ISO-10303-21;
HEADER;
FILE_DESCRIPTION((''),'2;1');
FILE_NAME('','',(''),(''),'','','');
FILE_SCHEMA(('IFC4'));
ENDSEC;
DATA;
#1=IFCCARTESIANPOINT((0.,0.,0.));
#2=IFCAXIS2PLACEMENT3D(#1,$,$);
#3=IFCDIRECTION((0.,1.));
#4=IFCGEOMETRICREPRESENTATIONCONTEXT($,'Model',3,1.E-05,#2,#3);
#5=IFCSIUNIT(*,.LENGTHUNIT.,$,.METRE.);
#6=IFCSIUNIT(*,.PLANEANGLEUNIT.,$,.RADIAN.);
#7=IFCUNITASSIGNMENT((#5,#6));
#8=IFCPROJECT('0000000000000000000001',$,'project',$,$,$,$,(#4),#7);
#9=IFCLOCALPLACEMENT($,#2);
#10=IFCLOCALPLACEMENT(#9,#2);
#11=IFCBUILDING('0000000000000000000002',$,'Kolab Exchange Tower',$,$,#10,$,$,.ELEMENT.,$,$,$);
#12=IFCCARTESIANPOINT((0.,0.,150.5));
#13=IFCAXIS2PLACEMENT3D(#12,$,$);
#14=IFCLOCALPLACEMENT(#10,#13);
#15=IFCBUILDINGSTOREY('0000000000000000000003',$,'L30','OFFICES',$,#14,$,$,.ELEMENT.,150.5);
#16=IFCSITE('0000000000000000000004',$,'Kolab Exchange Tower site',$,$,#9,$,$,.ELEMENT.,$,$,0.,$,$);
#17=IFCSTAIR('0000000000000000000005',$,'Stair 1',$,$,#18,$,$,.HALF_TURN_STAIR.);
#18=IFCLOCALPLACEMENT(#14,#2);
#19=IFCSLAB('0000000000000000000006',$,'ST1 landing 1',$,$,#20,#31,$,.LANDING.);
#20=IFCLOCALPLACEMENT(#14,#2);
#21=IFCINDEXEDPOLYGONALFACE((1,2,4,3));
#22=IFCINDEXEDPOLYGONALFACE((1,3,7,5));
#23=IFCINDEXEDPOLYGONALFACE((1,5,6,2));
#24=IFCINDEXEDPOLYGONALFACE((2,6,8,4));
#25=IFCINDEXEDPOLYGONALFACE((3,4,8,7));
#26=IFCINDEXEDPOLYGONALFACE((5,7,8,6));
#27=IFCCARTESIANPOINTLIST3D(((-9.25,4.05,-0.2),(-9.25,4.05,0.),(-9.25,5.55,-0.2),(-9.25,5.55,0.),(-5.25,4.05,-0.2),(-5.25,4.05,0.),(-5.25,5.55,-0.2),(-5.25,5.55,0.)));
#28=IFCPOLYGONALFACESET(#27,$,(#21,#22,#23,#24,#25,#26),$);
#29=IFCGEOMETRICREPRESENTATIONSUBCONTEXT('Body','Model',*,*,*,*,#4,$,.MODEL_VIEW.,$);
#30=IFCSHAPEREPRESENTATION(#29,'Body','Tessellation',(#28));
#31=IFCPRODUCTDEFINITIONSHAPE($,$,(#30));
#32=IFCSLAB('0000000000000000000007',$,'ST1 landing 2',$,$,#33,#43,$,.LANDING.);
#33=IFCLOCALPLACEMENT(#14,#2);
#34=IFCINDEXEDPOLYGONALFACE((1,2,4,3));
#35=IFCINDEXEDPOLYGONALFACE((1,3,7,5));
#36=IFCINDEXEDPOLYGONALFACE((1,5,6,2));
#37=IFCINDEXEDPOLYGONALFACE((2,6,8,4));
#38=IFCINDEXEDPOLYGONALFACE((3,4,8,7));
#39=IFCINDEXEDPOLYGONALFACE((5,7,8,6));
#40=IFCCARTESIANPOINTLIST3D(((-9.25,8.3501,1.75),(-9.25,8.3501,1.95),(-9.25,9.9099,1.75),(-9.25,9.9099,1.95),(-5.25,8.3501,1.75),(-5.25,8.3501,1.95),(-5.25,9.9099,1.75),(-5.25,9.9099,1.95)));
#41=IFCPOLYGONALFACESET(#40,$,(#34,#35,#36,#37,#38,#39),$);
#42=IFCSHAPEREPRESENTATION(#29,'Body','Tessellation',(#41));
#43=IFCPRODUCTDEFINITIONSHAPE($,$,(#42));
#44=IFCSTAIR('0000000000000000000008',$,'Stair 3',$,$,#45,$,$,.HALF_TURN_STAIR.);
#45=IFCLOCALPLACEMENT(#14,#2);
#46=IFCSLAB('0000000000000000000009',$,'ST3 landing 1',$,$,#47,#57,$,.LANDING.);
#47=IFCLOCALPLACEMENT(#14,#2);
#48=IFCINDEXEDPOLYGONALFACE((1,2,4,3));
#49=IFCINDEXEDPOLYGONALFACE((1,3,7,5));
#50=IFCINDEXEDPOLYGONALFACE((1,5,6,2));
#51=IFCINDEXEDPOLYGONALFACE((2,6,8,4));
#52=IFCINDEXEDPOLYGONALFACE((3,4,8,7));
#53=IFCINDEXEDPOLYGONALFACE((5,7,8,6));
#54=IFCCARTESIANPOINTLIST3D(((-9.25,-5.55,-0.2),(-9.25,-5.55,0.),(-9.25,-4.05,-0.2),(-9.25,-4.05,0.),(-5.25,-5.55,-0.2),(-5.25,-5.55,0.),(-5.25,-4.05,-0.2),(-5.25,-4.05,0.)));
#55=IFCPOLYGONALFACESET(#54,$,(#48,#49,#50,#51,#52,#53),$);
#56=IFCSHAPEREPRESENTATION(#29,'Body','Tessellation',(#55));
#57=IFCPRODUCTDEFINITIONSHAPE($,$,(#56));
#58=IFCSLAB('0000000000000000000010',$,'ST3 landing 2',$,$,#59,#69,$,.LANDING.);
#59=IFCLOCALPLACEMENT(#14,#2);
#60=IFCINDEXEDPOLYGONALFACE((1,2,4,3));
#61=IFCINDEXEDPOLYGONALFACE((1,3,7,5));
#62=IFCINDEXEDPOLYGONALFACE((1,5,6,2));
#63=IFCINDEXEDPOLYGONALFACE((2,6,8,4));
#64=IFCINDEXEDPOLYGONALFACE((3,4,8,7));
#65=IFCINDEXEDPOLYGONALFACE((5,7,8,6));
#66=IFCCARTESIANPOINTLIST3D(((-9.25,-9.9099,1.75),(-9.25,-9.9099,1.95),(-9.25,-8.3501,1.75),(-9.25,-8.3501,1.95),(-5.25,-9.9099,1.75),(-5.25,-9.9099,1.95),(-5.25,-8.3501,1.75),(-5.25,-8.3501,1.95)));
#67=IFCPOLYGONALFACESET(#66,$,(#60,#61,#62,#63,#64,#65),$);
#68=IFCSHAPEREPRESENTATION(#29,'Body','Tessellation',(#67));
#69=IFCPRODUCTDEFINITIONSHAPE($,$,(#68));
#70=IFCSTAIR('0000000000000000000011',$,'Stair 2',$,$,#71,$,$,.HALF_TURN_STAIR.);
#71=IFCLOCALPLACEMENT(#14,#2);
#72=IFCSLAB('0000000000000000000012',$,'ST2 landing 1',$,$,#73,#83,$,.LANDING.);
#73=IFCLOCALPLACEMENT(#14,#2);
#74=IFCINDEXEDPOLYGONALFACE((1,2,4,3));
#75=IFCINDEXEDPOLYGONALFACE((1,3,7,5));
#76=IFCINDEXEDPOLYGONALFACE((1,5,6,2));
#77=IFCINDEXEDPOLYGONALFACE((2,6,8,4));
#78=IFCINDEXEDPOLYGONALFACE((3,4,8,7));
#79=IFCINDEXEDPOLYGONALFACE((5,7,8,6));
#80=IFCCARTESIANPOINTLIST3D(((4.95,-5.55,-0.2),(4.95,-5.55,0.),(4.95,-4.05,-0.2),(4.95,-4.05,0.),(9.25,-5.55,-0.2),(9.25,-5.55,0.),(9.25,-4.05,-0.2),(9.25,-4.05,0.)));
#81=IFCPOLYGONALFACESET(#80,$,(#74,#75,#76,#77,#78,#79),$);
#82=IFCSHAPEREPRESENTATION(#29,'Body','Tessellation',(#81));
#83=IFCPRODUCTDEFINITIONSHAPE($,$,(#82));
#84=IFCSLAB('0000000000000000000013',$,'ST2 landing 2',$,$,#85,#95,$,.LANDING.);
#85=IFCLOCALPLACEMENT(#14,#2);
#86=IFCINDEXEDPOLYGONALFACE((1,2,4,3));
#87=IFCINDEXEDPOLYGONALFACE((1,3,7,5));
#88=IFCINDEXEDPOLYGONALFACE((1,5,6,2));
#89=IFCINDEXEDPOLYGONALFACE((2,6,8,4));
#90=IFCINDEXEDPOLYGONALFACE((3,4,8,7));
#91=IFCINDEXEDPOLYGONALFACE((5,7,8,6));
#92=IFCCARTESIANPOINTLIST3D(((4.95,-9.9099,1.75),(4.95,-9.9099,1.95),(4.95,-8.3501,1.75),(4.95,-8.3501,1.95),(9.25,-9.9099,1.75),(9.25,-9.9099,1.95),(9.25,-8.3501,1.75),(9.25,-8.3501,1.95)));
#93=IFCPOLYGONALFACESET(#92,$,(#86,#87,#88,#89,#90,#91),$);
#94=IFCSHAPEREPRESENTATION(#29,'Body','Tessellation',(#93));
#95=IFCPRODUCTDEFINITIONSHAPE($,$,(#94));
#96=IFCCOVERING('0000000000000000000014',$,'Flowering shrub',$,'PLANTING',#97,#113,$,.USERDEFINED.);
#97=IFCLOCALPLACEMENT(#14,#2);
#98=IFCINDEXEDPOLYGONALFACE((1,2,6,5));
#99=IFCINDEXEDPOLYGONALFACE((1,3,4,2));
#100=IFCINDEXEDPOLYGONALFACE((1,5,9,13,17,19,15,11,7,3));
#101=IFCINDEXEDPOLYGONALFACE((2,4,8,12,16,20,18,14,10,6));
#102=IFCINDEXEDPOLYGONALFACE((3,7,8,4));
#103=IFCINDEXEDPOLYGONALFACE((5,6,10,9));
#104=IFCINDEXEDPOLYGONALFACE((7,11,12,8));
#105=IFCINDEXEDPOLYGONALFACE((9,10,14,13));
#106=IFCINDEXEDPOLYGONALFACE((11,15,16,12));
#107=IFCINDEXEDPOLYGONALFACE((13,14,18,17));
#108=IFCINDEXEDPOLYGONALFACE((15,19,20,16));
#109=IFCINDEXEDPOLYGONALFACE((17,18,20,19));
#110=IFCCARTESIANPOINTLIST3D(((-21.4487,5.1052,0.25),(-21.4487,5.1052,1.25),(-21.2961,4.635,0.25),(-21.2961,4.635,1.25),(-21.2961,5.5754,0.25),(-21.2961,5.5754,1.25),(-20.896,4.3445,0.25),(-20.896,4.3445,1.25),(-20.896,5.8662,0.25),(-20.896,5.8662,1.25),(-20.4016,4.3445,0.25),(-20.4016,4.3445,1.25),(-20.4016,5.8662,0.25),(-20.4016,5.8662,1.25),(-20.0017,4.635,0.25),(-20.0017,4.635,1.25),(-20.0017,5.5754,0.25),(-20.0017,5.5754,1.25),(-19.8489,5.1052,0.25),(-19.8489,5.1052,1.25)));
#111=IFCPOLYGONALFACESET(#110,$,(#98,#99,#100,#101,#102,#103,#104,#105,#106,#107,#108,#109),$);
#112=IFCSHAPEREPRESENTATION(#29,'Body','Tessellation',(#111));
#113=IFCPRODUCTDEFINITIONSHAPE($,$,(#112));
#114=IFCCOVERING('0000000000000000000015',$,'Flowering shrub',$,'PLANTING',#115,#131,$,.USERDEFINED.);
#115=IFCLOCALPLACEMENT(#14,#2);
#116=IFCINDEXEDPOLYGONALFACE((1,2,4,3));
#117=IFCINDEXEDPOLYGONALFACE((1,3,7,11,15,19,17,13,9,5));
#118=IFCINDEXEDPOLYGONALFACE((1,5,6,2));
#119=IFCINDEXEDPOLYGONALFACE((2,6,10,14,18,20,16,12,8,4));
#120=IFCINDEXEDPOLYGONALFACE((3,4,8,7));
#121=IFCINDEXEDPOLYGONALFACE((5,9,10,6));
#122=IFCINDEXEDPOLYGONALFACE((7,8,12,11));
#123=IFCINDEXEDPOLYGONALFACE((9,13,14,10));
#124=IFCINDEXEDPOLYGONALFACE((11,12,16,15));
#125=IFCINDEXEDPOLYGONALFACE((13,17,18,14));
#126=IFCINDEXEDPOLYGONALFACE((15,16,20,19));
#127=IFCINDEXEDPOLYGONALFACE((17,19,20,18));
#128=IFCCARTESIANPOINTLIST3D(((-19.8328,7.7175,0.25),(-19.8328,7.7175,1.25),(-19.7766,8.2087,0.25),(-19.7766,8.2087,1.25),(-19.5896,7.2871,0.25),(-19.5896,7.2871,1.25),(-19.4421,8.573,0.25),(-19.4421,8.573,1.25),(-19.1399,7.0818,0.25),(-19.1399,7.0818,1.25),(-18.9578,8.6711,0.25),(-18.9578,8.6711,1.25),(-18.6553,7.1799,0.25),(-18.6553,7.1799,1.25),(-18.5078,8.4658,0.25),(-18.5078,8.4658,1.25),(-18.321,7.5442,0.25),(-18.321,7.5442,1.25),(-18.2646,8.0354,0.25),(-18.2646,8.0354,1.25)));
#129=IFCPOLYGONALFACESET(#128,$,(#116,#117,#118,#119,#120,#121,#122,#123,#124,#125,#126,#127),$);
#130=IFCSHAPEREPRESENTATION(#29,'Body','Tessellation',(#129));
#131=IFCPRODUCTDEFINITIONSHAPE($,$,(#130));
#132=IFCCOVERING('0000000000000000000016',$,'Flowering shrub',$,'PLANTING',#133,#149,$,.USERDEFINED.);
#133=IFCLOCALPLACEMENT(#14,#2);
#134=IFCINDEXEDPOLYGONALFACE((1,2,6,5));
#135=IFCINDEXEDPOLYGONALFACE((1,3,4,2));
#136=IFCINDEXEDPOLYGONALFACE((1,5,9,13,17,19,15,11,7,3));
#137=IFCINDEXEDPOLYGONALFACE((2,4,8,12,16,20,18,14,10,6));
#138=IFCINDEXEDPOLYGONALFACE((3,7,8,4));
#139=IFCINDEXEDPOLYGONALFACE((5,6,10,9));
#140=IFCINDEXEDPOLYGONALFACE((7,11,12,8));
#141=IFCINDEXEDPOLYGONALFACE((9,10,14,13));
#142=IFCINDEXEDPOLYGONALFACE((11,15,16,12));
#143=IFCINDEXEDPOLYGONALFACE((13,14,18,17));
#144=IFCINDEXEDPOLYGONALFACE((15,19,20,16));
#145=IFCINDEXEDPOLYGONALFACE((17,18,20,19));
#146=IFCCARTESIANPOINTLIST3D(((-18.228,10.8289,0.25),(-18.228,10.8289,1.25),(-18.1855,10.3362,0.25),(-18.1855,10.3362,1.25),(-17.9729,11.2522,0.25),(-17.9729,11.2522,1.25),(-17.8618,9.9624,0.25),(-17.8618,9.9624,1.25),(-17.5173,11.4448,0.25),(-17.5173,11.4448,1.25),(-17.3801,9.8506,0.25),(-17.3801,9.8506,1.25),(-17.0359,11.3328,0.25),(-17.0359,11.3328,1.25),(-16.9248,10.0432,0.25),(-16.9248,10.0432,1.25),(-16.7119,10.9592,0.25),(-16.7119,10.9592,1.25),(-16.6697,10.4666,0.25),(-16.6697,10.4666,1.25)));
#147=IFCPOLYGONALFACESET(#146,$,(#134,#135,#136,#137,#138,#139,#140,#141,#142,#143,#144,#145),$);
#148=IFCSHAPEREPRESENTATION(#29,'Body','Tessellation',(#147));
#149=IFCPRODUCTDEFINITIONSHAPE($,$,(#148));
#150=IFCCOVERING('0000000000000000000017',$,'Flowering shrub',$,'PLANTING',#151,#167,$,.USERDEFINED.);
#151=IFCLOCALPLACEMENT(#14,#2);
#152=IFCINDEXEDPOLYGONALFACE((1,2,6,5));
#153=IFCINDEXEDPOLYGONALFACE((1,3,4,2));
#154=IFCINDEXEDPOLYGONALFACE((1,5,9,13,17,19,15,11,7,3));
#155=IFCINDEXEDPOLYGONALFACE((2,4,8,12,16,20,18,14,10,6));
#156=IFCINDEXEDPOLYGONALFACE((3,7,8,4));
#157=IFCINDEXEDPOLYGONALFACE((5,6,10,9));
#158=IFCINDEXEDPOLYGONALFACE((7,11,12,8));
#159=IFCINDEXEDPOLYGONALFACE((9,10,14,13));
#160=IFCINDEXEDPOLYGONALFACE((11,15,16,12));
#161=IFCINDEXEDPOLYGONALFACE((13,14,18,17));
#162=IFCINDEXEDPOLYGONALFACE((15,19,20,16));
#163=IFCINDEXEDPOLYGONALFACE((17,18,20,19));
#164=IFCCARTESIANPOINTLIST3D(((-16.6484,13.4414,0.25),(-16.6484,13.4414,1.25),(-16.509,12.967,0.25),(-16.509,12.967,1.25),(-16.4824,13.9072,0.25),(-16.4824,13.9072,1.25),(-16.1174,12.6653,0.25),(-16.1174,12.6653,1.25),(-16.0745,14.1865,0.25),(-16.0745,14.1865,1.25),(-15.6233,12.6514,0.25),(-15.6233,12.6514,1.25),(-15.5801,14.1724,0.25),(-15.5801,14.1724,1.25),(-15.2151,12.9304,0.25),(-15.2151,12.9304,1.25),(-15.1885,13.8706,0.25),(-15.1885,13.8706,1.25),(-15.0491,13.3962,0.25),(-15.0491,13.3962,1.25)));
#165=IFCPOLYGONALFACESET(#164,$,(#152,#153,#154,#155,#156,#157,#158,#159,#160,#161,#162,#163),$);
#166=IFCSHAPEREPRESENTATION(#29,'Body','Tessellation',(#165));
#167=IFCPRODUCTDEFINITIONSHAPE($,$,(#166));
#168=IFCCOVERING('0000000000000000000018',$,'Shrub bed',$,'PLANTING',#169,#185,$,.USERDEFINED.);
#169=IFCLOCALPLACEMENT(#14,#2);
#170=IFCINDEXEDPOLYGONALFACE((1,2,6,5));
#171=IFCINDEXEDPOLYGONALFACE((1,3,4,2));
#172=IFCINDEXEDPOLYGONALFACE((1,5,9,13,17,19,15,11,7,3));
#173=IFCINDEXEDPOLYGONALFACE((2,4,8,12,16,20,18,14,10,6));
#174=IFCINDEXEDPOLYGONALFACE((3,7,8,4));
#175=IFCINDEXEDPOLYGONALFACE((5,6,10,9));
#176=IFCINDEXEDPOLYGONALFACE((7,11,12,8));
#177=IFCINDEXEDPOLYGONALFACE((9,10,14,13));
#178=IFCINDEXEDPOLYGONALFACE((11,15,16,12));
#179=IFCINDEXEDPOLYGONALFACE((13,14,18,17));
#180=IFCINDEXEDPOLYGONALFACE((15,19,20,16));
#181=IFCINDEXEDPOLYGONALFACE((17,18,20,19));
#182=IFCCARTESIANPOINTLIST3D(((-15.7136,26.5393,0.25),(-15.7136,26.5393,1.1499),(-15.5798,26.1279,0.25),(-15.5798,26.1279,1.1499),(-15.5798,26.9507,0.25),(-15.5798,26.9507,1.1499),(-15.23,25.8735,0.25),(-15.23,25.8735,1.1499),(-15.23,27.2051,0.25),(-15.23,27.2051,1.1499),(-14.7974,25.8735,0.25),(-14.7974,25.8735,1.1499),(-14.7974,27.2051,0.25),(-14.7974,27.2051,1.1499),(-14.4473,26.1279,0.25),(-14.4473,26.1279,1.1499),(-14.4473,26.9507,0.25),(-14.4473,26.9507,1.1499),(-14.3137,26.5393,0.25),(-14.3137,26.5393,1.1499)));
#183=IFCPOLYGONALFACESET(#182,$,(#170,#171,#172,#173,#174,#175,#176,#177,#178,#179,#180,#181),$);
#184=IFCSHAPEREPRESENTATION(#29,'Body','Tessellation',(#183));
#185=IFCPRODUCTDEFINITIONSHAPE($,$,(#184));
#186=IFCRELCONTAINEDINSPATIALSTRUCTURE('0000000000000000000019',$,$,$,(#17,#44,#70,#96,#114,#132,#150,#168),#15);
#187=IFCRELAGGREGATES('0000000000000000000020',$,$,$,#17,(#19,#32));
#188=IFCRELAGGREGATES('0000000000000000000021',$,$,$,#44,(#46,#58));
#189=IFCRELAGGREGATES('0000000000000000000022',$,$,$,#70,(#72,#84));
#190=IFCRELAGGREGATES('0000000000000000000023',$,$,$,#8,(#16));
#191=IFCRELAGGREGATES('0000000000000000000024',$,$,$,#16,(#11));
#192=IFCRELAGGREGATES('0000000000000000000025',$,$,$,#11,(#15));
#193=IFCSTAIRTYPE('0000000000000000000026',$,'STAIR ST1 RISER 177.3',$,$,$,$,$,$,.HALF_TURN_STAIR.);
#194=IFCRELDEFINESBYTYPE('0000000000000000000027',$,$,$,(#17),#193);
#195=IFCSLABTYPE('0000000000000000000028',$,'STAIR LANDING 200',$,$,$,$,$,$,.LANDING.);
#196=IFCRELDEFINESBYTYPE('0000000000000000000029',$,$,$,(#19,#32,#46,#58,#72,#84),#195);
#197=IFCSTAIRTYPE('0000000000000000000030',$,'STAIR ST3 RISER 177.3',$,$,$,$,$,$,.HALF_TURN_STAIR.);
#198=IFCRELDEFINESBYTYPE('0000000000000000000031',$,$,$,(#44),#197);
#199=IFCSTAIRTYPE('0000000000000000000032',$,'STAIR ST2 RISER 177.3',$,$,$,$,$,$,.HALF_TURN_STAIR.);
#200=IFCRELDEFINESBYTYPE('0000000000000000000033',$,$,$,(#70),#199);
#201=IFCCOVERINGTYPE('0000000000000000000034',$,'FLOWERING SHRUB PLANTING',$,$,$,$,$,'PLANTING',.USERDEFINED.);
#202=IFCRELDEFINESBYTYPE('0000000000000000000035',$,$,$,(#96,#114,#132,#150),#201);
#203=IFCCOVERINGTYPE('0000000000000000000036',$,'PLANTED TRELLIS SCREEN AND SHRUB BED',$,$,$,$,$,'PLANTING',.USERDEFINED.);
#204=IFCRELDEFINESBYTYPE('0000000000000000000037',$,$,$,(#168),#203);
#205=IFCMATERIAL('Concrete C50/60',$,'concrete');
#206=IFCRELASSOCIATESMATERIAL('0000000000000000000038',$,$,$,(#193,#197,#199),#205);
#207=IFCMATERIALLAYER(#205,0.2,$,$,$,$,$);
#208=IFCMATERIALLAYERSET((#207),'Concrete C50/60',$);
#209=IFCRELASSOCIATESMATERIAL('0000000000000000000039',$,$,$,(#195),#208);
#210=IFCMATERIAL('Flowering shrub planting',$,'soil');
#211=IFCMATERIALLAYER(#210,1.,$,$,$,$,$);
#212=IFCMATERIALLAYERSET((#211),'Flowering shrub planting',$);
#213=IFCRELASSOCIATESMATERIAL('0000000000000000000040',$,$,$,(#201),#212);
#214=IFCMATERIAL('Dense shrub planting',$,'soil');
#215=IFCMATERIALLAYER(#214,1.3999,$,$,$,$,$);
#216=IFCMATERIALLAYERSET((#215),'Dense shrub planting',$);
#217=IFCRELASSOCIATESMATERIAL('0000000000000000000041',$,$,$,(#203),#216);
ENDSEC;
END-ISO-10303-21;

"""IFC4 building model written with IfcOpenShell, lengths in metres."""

from ifc_helpers import new_model, si_unit, direction, frame, origin, place, context, subcontext, project, spatial, polyline, outline, extrude, material, layer, layer_set, type_object, element, aggregate, save


model = new_model("IFC4")

# Units and contexts
model_context = context("Model", 3, precision=1e-05, world=origin(), true_north=direction((0.0, 1.0)))
body_context = subcontext(model_context, "Body", "Model", "MODEL_VIEW")
ifc_project = project(units=[si_unit("LENGTHUNIT", "METRE"), si_unit("PLANEANGLEUNIT", "RADIAN")], contexts=[model_context])

# Site, building, storey
site_placement = place(None, origin())
site = spatial("IfcSite", under=ifc_project, at=site_placement, Name="Kolab Exchange Tower site", CompositionType="ELEMENT", RefElevation=0.0)
building_placement = place(site_placement, origin())
building = spatial("IfcBuilding", under=site, at=building_placement, Name="Kolab Exchange Tower", CompositionType="ELEMENT")
storey_placement = place(building_placement, frame((0.0, 0.0, 150.5)))
storey = spatial("IfcBuildingStorey", under=building, at=storey_placement, Name="L30", Description="OFFICES", CompositionType="ELEMENT", Elevation=150.5)

# Stairs, slabs
ifc_material_1 = material(Name="Concrete C50/60", Category="concrete")
stair_type_1 = type_object("IfcStairType", Name="STAIR ST1 RISER 177.3", PredefinedType="HALF_TURN_STAIR", material=ifc_material_1)
stair_1_placement = place(storey_placement, origin())
stair_1 = element("IfcStair", 1, at=stair_1_placement, inside=storey, type_object=stair_type_1, Name="Stair 1", PredefinedType="HALF_TURN_STAIR")
ifc_layer_1 = layer(ifc_material_1, 0.2)
ifc_layer_set_1 = layer_set([ifc_layer_1], Name="Concrete C50/60")
slab_type = type_object("IfcSlabType", Name="STAIR LANDING 200", PredefinedType="LANDING", material=ifc_layer_set_1)
slab_1_placement = place(storey_placement, frame((0.0, 0.0, -0.2)))
slab_1 = element("IfcSlab", 2, at=slab_1_placement, type_object=slab_type, Name="ST1 landing 1", PredefinedType="LANDING", context=body_context, shape_type="SweptSolid", body=[
    extrude(outline(polyline([(-9.25, 4.05), (-5.25, 4.05), (-5.25, 5.55), (-9.25, 5.55), (-9.25, 4.05)])), origin(), (0.0, 0.0, 1.0), 0.2),
])
slab_2_placement = place(storey_placement, frame((0.0, 0.0, 1.75)))
slab_2 = element("IfcSlab", 3, at=slab_2_placement, type_object=slab_type, Name="ST1 landing 2", PredefinedType="LANDING", context=body_context, shape_type="SweptSolid", body=[
    extrude(outline(polyline([(-9.25, 8.3501), (-5.25, 8.3501), (-5.25, 9.9099), (-9.25, 9.9099), (-9.25, 8.3501)])), origin(), (0.0, 0.0, 1.0), 0.2),
])
aggregate(stair_1, [slab_1, slab_2])
stair_type_2 = type_object("IfcStairType", Name="STAIR ST3 RISER 177.3", PredefinedType="HALF_TURN_STAIR", material=ifc_material_1)
stair_2_placement = place(storey_placement, origin())
stair_2 = element("IfcStair", 4, at=stair_2_placement, inside=storey, type_object=stair_type_2, Name="Stair 3", PredefinedType="HALF_TURN_STAIR")
slab_3_placement = place(storey_placement, frame((0.0, 0.0, -0.2)))
slab_3 = element("IfcSlab", 5, at=slab_3_placement, type_object=slab_type, Name="ST3 landing 1", PredefinedType="LANDING", context=body_context, shape_type="SweptSolid", body=[
    extrude(outline(polyline([(-9.25, -5.55), (-5.25, -5.55), (-5.25, -4.05), (-9.25, -4.05), (-9.25, -5.55)])), origin(), (0.0, 0.0, 1.0), 0.2),
])
slab_4_placement = place(storey_placement, frame((0.0, 0.0, 1.75)))
slab_4 = element("IfcSlab", 6, at=slab_4_placement, type_object=slab_type, Name="ST3 landing 2", PredefinedType="LANDING", context=body_context, shape_type="SweptSolid", body=[
    extrude(outline(polyline([(-9.25, -9.9099), (-5.25, -9.9099), (-5.25, -8.3501), (-9.25, -8.3501), (-9.25, -9.9099)])), origin(), (0.0, 0.0, 1.0), 0.2),
])
aggregate(stair_2, [slab_3, slab_4])
stair_type_3 = type_object("IfcStairType", Name="STAIR ST2 RISER 177.3", PredefinedType="HALF_TURN_STAIR", material=ifc_material_1)
stair_3_placement = place(storey_placement, origin())
stair_3 = element("IfcStair", 7, at=stair_3_placement, inside=storey, type_object=stair_type_3, Name="Stair 2", PredefinedType="HALF_TURN_STAIR")
slab_5_placement = place(storey_placement, frame((0.0, 0.0, -0.2)))
slab_5 = element("IfcSlab", 8, at=slab_5_placement, type_object=slab_type, Name="ST2 landing 1", PredefinedType="LANDING", context=body_context, shape_type="SweptSolid", body=[
    extrude(outline(polyline([(4.95, -5.55), (9.25, -5.55), (9.25, -4.05), (4.95, -4.05), (4.95, -5.55)])), origin(), (0.0, 0.0, 1.0), 0.2),
])
slab_6_placement = place(storey_placement, frame((0.0, 0.0, 1.75)))
slab_6 = element("IfcSlab", 9, at=slab_6_placement, type_object=slab_type, Name="ST2 landing 2", PredefinedType="LANDING", context=body_context, shape_type="SweptSolid", body=[
    extrude(outline(polyline([(4.95, -9.9099), (9.25, -9.9099), (9.25, -8.3501), (4.95, -8.3501), (4.95, -9.9099)])), origin(), (0.0, 0.0, 1.0), 0.2),
])
aggregate(stair_3, [slab_5, slab_6])

# Coverings
ifc_material_2 = material(Name="Flowering shrub planting", Category="soil")
ifc_layer_2 = layer(ifc_material_2, 1.0)
ifc_layer_set_2 = layer_set([ifc_layer_2], Name="Flowering shrub planting")
covering_type_1 = type_object("IfcCoveringType", Name="FLOWERING SHRUB PLANTING", ElementType="PLANTING", PredefinedType="USERDEFINED", material=ifc_layer_set_2)
covering_1_placement = place(storey_placement, frame((0.0, 0.0, 0.25)))
element("IfcCovering", 10, at=covering_1_placement, inside=storey, type_object=covering_type_1, Name="Flowering shrub", ObjectType="PLANTING", PredefinedType="USERDEFINED", context=body_context, shape_type="SweptSolid", body=[
    extrude(outline(polyline([(-19.8489, 5.1052), (-20.0017, 5.5754), (-20.4016, 5.8662), (-20.896, 5.8662), (-21.2961, 5.5754), (-21.4487, 5.1052), (-21.2961, 4.635), (-20.896, 4.3445), (-20.4016, 4.3445), (-20.0017, 4.635), (-19.8489, 5.1052)])), origin(), (0.0, 0.0, 1.0), 1.0),
])
covering_2_placement = place(storey_placement, frame((0.0, 0.0, 0.25)))
element("IfcCovering", 11, at=covering_2_placement, inside=storey, type_object=covering_type_1, Name="Flowering shrub", ObjectType="PLANTING", PredefinedType="USERDEFINED", context=body_context, shape_type="SweptSolid", body=[
    extrude(outline(polyline([(-18.2646, 8.0354), (-18.5078, 8.4658), (-18.9578, 8.6711), (-19.4421, 8.573), (-19.7766, 8.2087), (-19.8328, 7.7175), (-19.5896, 7.2871), (-19.1399, 7.0818), (-18.6553, 7.1799), (-18.321, 7.5442), (-18.2646, 8.0354)])), origin(), (0.0, 0.0, 1.0), 1.0),
])
covering_3_placement = place(storey_placement, frame((0.0, 0.0, 0.25)))
element("IfcCovering", 12, at=covering_3_placement, inside=storey, type_object=covering_type_1, Name="Flowering shrub", ObjectType="PLANTING", PredefinedType="USERDEFINED", context=body_context, shape_type="SweptSolid", body=[
    extrude(outline(polyline([(-16.7119, 10.9592), (-17.0359, 11.3328), (-17.5173, 11.4448), (-17.9729, 11.2522), (-18.228, 10.8289), (-18.1855, 10.3362), (-17.8618, 9.9624), (-17.3801, 9.8506), (-16.9248, 10.0432), (-16.6697, 10.4666), (-16.7119, 10.9592)])), origin(), (0.0, 0.0, 1.0), 1.0),
])
covering_4_placement = place(storey_placement, frame((0.0, 0.0, 0.25)))
element("IfcCovering", 13, at=covering_4_placement, inside=storey, type_object=covering_type_1, Name="Flowering shrub", ObjectType="PLANTING", PredefinedType="USERDEFINED", context=body_context, shape_type="SweptSolid", body=[
    extrude(outline(polyline([(-15.1885, 13.8706), (-15.5801, 14.1724), (-16.0745, 14.1865), (-16.4824, 13.9072), (-16.6484, 13.4414), (-16.509, 12.967), (-16.1174, 12.6653), (-15.6233, 12.6514), (-15.2151, 12.9304), (-15.0491, 13.3962), (-15.1885, 13.8706)])), origin(), (0.0, 0.0, 1.0), 1.0),
])
ifc_material_3 = material(Name="Dense shrub planting", Category="soil")
ifc_layer_3 = layer(ifc_material_3, 1.3999)
ifc_layer_set_3 = layer_set([ifc_layer_3], Name="Dense shrub planting")
covering_type_2 = type_object("IfcCoveringType", Name="PLANTED TRELLIS SCREEN AND SHRUB BED", ElementType="PLANTING", PredefinedType="USERDEFINED", material=ifc_layer_set_3)
covering_5_placement = place(storey_placement, frame((0.0, 0.0, 0.25)))
element("IfcCovering", 14, at=covering_5_placement, inside=storey, type_object=covering_type_2, Name="Shrub bed", ObjectType="PLANTING", PredefinedType="USERDEFINED", context=body_context, shape_type="SweptSolid", body=[
    extrude(outline(polyline([(-14.3137, 26.5393), (-14.4473, 26.9507), (-14.7974, 27.2051), (-15.23, 27.2051), (-15.5798, 26.9507), (-15.7136, 26.5393), (-15.5798, 26.1279), (-15.23, 25.8735), (-14.7974, 25.8735), (-14.4473, 26.1279), (-14.3137, 26.5393)])), origin(), (0.0, 0.0, 1.0), 0.8999),
])

save(model, "model.ifc")
